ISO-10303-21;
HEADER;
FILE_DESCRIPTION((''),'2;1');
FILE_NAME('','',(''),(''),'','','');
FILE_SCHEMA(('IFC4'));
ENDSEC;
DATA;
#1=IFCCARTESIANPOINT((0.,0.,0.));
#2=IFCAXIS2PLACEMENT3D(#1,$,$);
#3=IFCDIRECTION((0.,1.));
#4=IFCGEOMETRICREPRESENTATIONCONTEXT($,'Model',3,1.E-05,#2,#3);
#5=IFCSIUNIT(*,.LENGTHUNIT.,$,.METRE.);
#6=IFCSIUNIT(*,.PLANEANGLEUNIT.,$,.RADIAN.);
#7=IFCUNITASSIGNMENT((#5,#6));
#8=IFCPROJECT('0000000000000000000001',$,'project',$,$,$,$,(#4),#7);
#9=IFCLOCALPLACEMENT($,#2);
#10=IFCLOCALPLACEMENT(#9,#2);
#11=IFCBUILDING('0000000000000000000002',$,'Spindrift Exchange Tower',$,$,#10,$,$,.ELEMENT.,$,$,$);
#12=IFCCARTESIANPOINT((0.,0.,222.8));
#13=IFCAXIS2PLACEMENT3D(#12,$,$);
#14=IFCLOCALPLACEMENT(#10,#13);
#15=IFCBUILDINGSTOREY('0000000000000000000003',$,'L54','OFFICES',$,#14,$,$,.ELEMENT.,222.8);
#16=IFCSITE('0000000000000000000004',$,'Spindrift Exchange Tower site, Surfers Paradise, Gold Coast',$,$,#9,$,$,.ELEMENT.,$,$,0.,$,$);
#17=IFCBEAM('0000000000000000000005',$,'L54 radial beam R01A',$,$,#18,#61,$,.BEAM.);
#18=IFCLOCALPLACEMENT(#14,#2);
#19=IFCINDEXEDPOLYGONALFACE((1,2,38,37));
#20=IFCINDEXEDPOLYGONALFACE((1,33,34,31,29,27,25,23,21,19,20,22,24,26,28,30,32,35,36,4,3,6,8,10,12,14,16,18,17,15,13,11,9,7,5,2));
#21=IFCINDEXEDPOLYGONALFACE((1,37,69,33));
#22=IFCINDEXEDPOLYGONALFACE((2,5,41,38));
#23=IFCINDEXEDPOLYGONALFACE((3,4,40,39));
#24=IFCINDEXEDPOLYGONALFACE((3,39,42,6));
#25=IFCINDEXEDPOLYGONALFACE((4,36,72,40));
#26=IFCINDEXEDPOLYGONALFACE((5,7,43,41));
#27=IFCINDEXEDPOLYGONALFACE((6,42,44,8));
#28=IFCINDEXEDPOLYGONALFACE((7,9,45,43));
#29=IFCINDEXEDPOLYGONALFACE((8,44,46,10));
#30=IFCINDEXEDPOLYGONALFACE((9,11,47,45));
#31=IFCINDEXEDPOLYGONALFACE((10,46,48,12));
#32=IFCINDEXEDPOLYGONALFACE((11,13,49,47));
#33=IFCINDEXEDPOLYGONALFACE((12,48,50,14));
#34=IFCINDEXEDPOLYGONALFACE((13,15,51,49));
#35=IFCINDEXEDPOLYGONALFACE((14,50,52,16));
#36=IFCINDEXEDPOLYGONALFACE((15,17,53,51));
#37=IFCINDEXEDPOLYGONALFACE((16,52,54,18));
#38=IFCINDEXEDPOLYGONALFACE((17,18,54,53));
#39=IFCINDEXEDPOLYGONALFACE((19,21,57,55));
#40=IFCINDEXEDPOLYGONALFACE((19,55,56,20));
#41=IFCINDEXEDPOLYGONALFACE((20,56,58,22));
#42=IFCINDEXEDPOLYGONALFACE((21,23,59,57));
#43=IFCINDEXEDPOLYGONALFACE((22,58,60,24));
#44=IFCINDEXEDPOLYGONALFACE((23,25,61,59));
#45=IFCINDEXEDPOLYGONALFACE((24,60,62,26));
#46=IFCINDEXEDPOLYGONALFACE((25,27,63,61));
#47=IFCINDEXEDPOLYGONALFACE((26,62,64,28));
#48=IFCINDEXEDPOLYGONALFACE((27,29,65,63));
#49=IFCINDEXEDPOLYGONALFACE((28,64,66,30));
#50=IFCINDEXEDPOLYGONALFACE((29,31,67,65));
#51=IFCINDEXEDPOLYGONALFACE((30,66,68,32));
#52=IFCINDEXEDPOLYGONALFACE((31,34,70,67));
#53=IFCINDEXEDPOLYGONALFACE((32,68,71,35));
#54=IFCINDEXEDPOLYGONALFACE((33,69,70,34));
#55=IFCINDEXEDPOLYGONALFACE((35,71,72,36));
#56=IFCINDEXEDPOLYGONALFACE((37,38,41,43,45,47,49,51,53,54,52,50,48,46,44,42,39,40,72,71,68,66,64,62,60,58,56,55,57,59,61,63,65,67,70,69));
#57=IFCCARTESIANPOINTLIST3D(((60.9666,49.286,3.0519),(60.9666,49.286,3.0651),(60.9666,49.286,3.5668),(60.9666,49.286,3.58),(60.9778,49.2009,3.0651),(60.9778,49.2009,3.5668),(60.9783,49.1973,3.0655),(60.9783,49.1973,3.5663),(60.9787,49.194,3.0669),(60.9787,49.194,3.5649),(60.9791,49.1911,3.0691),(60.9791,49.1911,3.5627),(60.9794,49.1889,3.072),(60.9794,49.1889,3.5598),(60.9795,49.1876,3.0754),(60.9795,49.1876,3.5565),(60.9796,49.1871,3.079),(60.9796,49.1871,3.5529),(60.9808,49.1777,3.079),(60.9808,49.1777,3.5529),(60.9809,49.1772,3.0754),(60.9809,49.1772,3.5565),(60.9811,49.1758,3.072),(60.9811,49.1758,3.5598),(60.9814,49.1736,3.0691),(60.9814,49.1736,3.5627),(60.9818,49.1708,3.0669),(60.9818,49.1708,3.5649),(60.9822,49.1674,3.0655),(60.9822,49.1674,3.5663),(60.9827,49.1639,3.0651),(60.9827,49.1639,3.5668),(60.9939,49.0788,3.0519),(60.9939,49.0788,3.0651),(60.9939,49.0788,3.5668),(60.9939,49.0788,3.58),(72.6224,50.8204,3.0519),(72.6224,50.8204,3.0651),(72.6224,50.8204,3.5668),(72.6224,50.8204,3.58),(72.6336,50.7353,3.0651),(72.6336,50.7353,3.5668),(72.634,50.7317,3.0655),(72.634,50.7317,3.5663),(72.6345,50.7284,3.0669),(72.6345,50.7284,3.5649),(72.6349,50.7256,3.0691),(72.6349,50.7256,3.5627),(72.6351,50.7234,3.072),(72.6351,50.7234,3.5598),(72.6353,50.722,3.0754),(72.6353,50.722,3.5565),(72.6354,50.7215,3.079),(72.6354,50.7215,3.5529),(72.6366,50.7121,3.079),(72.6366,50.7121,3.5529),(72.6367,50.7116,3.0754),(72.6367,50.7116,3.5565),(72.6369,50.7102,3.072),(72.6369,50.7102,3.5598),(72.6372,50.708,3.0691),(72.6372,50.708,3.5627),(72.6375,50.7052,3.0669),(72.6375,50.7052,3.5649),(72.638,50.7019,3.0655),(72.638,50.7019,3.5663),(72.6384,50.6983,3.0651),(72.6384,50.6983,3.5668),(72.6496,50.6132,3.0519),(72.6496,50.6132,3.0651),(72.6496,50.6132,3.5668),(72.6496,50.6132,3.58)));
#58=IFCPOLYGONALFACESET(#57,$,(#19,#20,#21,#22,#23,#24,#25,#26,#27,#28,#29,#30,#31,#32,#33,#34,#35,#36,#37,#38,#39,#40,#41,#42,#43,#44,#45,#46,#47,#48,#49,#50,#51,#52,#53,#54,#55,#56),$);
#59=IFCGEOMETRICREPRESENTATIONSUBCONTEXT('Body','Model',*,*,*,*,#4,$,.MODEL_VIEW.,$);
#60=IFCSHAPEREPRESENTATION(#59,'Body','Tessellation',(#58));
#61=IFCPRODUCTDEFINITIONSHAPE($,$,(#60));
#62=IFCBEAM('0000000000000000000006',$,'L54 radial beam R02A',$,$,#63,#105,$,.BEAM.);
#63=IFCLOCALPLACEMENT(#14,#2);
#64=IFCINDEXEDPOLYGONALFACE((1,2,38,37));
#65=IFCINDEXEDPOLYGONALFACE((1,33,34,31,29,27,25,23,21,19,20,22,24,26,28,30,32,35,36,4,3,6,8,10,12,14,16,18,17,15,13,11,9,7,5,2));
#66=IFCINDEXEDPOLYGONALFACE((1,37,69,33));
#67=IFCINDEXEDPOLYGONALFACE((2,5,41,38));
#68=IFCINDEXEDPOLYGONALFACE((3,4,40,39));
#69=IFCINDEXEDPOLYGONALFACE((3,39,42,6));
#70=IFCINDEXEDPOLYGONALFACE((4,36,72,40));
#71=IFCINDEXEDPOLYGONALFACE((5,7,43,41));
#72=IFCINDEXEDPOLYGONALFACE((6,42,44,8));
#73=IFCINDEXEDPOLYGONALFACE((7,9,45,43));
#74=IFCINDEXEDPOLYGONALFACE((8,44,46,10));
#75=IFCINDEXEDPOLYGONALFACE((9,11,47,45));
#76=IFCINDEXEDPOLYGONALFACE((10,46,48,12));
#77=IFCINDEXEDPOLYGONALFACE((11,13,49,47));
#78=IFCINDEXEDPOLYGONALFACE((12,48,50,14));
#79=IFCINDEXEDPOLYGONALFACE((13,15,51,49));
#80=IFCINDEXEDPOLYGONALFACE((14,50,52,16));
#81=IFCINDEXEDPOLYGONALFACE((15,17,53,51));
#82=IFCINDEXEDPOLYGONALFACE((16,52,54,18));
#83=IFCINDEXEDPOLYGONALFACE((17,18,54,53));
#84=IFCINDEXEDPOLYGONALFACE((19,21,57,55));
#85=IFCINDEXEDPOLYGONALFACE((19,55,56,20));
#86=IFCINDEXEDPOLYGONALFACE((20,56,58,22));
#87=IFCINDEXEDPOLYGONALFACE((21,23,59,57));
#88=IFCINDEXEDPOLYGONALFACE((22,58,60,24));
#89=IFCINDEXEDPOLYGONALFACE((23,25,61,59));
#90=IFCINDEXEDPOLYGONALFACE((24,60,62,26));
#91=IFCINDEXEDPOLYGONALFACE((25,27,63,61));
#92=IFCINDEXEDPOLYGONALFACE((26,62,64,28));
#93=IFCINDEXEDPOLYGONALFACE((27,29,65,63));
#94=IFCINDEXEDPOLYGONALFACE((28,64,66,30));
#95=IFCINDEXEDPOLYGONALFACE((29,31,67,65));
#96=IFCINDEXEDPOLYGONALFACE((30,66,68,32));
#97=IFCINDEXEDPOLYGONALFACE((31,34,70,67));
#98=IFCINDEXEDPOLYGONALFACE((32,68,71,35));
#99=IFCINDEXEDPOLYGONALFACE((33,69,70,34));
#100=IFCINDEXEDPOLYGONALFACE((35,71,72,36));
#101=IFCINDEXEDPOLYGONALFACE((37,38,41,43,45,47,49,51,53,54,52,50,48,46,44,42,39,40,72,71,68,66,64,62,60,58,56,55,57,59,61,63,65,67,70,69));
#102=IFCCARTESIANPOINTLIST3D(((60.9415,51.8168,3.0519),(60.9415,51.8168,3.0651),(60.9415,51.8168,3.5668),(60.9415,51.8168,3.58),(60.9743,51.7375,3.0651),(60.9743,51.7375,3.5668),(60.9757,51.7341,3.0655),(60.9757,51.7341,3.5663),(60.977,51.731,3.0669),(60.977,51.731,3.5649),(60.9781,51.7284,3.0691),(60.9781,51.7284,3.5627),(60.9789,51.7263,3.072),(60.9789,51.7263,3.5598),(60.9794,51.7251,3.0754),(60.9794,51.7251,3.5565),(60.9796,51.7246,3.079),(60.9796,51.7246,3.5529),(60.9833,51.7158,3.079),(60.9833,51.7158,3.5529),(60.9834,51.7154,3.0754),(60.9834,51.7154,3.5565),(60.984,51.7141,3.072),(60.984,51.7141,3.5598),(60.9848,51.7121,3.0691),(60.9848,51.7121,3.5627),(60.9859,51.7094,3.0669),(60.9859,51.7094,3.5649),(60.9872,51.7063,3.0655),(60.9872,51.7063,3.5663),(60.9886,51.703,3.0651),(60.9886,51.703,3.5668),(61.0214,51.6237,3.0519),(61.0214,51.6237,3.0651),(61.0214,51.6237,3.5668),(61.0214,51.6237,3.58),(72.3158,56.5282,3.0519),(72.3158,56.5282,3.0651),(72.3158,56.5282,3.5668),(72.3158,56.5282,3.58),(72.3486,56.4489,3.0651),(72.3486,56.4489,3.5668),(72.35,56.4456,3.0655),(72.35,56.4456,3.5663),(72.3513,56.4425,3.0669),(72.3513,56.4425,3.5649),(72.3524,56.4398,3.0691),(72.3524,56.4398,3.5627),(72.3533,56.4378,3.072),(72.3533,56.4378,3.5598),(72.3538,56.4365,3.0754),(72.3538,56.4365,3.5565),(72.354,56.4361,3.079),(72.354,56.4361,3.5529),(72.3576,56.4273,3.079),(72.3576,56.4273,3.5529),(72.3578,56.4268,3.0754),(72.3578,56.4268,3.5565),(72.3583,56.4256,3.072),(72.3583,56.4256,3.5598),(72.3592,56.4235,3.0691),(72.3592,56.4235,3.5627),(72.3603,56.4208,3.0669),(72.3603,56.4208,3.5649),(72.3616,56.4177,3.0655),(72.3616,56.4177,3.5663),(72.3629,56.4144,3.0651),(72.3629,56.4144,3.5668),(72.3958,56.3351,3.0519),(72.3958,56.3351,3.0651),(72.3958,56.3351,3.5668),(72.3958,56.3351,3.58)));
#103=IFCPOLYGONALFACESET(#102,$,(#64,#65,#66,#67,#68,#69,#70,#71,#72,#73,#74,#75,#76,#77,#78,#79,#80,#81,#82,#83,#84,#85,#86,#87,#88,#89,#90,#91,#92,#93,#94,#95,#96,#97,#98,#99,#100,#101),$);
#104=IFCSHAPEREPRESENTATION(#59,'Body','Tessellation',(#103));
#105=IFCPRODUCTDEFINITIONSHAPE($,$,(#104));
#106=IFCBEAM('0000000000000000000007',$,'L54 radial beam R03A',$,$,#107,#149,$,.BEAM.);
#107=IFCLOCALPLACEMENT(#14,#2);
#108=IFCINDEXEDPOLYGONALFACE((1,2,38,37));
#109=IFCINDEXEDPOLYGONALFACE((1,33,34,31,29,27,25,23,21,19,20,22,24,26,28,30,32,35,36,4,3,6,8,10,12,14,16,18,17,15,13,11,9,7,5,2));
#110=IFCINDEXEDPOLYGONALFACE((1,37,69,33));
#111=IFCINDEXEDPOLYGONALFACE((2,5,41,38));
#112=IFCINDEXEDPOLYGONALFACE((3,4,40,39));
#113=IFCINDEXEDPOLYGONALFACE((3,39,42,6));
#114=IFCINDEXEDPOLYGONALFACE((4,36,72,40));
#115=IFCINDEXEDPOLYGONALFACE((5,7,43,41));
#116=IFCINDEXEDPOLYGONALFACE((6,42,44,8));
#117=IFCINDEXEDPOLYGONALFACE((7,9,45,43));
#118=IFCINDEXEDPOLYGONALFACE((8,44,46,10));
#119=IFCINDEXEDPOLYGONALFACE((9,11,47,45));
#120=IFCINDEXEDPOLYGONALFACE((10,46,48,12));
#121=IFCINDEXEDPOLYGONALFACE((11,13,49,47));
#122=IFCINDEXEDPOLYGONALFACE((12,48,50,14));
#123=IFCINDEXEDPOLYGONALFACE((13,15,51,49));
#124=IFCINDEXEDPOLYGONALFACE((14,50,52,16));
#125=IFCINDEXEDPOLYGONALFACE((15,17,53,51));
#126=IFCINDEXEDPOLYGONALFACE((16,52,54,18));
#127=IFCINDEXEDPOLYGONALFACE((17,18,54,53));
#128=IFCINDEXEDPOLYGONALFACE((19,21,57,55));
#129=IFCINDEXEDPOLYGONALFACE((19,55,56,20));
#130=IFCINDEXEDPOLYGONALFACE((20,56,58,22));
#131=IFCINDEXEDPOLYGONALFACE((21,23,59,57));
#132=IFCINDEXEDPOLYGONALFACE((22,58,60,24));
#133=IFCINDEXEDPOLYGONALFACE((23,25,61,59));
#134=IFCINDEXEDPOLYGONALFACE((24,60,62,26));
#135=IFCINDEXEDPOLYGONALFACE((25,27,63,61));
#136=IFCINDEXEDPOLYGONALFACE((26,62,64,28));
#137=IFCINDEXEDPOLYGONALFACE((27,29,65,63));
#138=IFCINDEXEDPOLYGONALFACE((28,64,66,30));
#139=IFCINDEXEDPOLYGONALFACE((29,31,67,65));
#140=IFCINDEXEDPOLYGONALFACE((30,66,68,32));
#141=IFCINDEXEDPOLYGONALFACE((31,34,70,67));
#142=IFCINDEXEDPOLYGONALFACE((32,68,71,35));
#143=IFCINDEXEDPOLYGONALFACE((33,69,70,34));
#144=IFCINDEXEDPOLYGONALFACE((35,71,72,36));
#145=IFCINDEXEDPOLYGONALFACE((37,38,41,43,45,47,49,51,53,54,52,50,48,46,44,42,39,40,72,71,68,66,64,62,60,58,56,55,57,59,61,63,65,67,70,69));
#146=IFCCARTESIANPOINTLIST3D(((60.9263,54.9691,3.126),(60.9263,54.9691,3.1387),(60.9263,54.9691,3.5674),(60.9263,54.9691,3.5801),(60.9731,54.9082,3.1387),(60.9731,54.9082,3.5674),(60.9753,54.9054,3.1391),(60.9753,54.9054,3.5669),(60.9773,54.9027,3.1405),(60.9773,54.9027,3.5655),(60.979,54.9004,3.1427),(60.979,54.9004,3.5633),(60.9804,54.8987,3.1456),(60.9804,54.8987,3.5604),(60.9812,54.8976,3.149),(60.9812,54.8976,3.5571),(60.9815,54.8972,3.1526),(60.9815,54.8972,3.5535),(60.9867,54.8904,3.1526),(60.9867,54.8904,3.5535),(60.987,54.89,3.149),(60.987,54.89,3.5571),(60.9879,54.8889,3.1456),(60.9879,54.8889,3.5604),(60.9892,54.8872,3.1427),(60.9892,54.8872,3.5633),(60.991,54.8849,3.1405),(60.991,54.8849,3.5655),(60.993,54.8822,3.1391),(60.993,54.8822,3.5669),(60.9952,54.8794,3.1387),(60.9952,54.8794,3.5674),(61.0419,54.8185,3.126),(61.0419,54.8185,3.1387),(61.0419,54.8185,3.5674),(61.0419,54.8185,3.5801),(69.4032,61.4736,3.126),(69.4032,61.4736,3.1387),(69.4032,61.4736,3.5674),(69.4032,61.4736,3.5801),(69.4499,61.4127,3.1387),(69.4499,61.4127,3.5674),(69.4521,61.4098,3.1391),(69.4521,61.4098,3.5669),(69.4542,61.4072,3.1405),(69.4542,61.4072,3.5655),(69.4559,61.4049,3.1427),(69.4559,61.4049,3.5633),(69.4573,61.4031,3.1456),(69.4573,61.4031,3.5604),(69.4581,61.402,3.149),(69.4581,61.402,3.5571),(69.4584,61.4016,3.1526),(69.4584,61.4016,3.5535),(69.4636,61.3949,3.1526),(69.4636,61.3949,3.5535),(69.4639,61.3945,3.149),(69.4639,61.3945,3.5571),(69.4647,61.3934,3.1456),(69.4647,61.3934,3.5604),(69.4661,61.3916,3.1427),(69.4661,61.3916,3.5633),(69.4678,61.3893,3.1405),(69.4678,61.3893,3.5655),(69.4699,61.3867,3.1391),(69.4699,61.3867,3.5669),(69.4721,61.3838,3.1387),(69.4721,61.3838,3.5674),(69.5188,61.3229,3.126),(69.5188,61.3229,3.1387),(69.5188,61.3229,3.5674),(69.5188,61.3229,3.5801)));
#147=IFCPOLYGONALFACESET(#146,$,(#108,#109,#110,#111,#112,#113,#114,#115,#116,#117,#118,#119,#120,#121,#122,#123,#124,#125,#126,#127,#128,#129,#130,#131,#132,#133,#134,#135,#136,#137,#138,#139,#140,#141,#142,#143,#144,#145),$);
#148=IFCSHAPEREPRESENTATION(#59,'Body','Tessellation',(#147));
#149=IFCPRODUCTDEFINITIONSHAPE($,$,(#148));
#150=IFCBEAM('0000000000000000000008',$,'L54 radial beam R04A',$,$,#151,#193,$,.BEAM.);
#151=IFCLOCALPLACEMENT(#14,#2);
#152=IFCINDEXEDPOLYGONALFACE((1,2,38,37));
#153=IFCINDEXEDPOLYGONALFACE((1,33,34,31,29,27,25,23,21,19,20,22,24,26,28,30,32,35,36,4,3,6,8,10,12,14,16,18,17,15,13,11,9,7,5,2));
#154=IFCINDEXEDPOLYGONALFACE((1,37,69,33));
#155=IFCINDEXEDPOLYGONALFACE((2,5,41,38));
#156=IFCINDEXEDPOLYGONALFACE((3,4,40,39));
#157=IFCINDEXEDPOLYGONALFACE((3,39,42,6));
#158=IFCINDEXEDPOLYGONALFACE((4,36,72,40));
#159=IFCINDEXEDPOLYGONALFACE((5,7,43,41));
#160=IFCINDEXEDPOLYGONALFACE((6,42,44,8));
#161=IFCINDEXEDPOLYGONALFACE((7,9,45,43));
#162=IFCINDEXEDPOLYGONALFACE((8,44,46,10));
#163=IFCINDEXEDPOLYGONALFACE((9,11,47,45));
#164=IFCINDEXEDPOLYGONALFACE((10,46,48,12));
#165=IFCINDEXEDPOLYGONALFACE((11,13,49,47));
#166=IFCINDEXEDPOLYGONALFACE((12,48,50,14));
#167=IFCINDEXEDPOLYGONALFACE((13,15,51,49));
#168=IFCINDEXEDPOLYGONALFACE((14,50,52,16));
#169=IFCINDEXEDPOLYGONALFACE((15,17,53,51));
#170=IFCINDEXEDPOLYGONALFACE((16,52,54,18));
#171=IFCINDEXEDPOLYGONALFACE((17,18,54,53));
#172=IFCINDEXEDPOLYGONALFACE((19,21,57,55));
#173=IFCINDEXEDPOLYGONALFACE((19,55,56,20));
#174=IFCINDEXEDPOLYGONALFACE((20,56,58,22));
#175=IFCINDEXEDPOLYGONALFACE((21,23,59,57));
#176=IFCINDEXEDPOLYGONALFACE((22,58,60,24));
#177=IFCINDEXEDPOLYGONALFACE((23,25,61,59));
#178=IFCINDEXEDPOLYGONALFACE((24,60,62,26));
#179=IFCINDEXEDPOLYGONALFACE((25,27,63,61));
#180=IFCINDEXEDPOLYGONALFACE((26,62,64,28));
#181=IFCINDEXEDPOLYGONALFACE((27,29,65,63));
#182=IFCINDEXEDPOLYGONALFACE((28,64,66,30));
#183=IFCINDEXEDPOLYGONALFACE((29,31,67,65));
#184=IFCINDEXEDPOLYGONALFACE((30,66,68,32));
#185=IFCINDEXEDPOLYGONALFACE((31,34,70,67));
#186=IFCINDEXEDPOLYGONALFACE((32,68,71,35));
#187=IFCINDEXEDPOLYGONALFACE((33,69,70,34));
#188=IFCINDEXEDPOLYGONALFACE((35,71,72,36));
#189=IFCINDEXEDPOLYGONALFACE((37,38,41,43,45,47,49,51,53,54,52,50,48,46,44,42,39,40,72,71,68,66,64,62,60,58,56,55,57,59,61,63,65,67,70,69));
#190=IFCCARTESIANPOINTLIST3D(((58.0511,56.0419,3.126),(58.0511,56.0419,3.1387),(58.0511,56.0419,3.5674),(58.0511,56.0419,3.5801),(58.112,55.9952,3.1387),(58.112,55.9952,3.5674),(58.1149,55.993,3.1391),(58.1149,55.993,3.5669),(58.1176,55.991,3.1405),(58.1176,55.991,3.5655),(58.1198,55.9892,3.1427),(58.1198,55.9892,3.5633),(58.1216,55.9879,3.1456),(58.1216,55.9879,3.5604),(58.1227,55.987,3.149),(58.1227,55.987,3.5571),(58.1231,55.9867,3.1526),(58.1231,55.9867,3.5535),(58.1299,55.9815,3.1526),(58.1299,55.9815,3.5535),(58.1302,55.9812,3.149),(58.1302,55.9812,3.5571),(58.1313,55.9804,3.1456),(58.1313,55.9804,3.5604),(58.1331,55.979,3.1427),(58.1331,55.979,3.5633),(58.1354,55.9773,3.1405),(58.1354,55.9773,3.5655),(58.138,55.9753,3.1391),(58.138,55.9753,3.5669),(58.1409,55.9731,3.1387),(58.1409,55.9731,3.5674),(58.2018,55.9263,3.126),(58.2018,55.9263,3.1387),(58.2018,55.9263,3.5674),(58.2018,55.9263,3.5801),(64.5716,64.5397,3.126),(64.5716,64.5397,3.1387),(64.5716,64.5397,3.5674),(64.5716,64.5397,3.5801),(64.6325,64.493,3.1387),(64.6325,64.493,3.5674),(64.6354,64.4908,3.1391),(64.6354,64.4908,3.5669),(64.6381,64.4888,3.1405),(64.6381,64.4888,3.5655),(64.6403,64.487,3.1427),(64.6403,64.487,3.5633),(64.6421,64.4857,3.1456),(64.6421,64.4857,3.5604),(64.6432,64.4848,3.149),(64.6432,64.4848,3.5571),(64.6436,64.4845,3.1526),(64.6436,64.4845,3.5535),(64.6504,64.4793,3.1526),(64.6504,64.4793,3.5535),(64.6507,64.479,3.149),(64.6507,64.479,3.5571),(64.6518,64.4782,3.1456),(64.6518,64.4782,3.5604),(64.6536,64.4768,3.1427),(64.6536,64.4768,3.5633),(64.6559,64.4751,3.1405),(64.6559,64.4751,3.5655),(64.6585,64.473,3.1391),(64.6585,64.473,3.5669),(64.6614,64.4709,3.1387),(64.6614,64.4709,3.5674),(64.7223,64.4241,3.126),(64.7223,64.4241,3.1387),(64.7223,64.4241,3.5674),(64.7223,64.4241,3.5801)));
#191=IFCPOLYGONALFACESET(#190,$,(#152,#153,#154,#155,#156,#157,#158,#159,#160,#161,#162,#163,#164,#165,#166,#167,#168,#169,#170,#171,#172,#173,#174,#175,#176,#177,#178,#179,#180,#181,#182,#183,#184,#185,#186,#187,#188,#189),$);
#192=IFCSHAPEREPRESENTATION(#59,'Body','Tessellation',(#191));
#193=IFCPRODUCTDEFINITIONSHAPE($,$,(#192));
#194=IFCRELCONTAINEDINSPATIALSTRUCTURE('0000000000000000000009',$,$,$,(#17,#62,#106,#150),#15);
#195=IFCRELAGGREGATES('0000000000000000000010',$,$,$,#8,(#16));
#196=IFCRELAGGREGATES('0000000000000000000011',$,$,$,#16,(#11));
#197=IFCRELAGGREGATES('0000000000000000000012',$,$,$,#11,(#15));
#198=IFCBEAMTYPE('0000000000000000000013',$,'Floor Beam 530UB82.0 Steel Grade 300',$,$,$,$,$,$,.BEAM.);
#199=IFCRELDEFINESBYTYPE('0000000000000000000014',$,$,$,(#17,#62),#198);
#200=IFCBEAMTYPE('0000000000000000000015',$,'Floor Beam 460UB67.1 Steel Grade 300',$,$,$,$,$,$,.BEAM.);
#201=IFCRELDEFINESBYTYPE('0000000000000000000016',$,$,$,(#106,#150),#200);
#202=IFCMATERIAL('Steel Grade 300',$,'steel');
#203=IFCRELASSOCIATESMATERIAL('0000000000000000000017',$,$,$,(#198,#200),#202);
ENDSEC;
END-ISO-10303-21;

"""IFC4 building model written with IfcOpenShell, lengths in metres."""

from ifc_helpers import new_model, si_unit, direction, frame, origin, origin_2d, place, context, subcontext, project, spatial, i_section, extrude, source, transform, mapped, material, material_profile, profile_set, type_object, element, save


model = new_model("IFC4")

# Units and contexts
model_context = context("Model", 3, precision=1e-05, world=origin(), true_north=direction((0.0, 1.0)))
body_context = subcontext(model_context, "Body", "Model", "MODEL_VIEW")
ifc_project = project(units=[si_unit("LENGTHUNIT", "METRE"), si_unit("PLANEANGLEUNIT", "RADIAN")], contexts=[model_context])

# Site, building, storey
site_placement = place(None, origin())
site = spatial("IfcSite", under=ifc_project, at=site_placement, Name="Spindrift Exchange Tower site, Surfers Paradise, Gold Coast", CompositionType="ELEMENT", RefElevation=0.0)
building_placement = place(site_placement, origin())
building = spatial("IfcBuilding", under=site, at=building_placement, Name="Spindrift Exchange Tower", CompositionType="ELEMENT")
storey_placement = place(building_placement, frame((0.0, 0.0, 222.8)))
storey = spatial("IfcBuildingStorey", under=building, at=storey_placement, Name="L54", Description="OFFICES", CompositionType="ELEMENT", Elevation=222.8)

# Beams
ifc_material_1 = material(Name="Steel Grade 300", Category="steel")
ifc_material_profile_1 = material_profile(ifc_material_1, i_section(OverallWidth=0.209, OverallDepth=0.5281, WebThickness=0.0095, FlangeThickness=0.0132, FilletRadius=0.0139, at=origin_2d()), Name="530UB82.0")
ifc_profile_set_1 = profile_set([ifc_material_profile_1], Name="Steel Grade 300")
beam_type_1 = type_object("IfcBeamType", Name="Floor Beam 530UB82.0 Steel Grade 300", PredefinedType="BEAM", material=ifc_profile_set_1)
shared_shape_1 = source(origin(), body_context, "Body", "SweptSolid", [
    extrude(i_section(OverallWidth=0.209, OverallDepth=0.5281, WebThickness=0.0095, FlangeThickness=0.0132, FilletRadius=0.0139, at=origin_2d()), origin(), (0.0, 0.0, 1.0), 11.7563),
])
beam_1_placement = place(storey_placement, frame((60.9802, 49.1824, 3.3159), z_axis=(0.991446, 0.130519, 0.0), x_axis=(-0.130519, 0.991446, 0.0)))
element("IfcBeam", 1, at=beam_1_placement, inside=storey, type_object=beam_type_1, Name="L54 radial beam R01A", PredefinedType="BEAM", context=body_context, shape_type="MappedRepresentation", body=[
    mapped(shared_shape_1, transform((0.0, 0.0, 0.0), scale=1.0)),
])
shared_shape_2 = source(origin(), body_context, "Body", "SweptSolid", [
    extrude(i_section(OverallWidth=0.209, OverallDepth=0.5281, WebThickness=0.0095, FlangeThickness=0.0132, FilletRadius=0.0139, at=origin_2d()), origin(), (0.0, 0.0, 1.0), 12.3115),
])
beam_2_placement = place(storey_placement, frame((60.9814, 51.7202, 3.3159), z_axis=(0.923878, 0.382687, 0.0), x_axis=(-0.382687, 0.923878, 0.0)))
element("IfcBeam", 2, at=beam_2_placement, inside=storey, type_object=beam_type_1, Name="L54 radial beam R02A", PredefinedType="BEAM", context=body_context, shape_type="MappedRepresentation", body=[
    mapped(shared_shape_2, transform((0.0, 0.0, 0.0), scale=1.0)),
])
ifc_material_profile_2 = material_profile(ifc_material_1, i_section(OverallWidth=0.1899, OverallDepth=0.4541, WebThickness=0.0085, FlangeThickness=0.0127, FilletRadius=0.0139, at=origin_2d()), Name="460UB67.1")
ifc_profile_set_2 = profile_set([ifc_material_profile_2], Name="Steel Grade 300")
beam_type_2 = type_object("IfcBeamType", Name="Floor Beam 460UB67.1 Steel Grade 300", PredefinedType="BEAM", material=ifc_profile_set_2)
shared_shape_3 = source(origin(), body_context, "Body", "SweptSolid", [
    extrude(i_section(OverallWidth=0.1899, OverallDepth=0.4541, WebThickness=0.0085, FlangeThickness=0.0127, FilletRadius=0.0139, at=origin_2d()), origin(), (0.0, 0.0, 1.0), 10.6848),
])
beam_3_placement = place(storey_placement, frame((60.9841, 54.8938, 3.353), z_axis=(0.793357, 0.608756, 0.0), x_axis=(-0.608756, 0.793357, 0.0)))
element("IfcBeam", 3, at=beam_3_placement, inside=storey, type_object=beam_type_2, Name="L54 radial beam R03A", PredefinedType="BEAM", context=body_context, shape_type="MappedRepresentation", body=[
    mapped(shared_shape_3, transform((0.0, 0.0, 0.0), scale=1.0)),
])
shared_shape_4 = source(origin(), body_context, "Body", "SweptSolid", [
    extrude(i_section(OverallWidth=0.1899, OverallDepth=0.4541, WebThickness=0.0085, FlangeThickness=0.0127, FilletRadius=0.0139, at=origin_2d()), origin(), (0.0, 0.0, 1.0), 10.7112),
])
beam_4_placement = place(storey_placement, frame((58.1265, 55.9841, 3.353), z_axis=(0.608756, 0.793357, 0.0), x_axis=(-0.793357, 0.608756, 0.0)))
element("IfcBeam", 4, at=beam_4_placement, inside=storey, type_object=beam_type_2, Name="L54 radial beam R04A", PredefinedType="BEAM", context=body_context, shape_type="MappedRepresentation", body=[
    mapped(shared_shape_4, transform((0.0, 0.0, 0.0), scale=1.0)),
])

save(model, "model.ifc")
